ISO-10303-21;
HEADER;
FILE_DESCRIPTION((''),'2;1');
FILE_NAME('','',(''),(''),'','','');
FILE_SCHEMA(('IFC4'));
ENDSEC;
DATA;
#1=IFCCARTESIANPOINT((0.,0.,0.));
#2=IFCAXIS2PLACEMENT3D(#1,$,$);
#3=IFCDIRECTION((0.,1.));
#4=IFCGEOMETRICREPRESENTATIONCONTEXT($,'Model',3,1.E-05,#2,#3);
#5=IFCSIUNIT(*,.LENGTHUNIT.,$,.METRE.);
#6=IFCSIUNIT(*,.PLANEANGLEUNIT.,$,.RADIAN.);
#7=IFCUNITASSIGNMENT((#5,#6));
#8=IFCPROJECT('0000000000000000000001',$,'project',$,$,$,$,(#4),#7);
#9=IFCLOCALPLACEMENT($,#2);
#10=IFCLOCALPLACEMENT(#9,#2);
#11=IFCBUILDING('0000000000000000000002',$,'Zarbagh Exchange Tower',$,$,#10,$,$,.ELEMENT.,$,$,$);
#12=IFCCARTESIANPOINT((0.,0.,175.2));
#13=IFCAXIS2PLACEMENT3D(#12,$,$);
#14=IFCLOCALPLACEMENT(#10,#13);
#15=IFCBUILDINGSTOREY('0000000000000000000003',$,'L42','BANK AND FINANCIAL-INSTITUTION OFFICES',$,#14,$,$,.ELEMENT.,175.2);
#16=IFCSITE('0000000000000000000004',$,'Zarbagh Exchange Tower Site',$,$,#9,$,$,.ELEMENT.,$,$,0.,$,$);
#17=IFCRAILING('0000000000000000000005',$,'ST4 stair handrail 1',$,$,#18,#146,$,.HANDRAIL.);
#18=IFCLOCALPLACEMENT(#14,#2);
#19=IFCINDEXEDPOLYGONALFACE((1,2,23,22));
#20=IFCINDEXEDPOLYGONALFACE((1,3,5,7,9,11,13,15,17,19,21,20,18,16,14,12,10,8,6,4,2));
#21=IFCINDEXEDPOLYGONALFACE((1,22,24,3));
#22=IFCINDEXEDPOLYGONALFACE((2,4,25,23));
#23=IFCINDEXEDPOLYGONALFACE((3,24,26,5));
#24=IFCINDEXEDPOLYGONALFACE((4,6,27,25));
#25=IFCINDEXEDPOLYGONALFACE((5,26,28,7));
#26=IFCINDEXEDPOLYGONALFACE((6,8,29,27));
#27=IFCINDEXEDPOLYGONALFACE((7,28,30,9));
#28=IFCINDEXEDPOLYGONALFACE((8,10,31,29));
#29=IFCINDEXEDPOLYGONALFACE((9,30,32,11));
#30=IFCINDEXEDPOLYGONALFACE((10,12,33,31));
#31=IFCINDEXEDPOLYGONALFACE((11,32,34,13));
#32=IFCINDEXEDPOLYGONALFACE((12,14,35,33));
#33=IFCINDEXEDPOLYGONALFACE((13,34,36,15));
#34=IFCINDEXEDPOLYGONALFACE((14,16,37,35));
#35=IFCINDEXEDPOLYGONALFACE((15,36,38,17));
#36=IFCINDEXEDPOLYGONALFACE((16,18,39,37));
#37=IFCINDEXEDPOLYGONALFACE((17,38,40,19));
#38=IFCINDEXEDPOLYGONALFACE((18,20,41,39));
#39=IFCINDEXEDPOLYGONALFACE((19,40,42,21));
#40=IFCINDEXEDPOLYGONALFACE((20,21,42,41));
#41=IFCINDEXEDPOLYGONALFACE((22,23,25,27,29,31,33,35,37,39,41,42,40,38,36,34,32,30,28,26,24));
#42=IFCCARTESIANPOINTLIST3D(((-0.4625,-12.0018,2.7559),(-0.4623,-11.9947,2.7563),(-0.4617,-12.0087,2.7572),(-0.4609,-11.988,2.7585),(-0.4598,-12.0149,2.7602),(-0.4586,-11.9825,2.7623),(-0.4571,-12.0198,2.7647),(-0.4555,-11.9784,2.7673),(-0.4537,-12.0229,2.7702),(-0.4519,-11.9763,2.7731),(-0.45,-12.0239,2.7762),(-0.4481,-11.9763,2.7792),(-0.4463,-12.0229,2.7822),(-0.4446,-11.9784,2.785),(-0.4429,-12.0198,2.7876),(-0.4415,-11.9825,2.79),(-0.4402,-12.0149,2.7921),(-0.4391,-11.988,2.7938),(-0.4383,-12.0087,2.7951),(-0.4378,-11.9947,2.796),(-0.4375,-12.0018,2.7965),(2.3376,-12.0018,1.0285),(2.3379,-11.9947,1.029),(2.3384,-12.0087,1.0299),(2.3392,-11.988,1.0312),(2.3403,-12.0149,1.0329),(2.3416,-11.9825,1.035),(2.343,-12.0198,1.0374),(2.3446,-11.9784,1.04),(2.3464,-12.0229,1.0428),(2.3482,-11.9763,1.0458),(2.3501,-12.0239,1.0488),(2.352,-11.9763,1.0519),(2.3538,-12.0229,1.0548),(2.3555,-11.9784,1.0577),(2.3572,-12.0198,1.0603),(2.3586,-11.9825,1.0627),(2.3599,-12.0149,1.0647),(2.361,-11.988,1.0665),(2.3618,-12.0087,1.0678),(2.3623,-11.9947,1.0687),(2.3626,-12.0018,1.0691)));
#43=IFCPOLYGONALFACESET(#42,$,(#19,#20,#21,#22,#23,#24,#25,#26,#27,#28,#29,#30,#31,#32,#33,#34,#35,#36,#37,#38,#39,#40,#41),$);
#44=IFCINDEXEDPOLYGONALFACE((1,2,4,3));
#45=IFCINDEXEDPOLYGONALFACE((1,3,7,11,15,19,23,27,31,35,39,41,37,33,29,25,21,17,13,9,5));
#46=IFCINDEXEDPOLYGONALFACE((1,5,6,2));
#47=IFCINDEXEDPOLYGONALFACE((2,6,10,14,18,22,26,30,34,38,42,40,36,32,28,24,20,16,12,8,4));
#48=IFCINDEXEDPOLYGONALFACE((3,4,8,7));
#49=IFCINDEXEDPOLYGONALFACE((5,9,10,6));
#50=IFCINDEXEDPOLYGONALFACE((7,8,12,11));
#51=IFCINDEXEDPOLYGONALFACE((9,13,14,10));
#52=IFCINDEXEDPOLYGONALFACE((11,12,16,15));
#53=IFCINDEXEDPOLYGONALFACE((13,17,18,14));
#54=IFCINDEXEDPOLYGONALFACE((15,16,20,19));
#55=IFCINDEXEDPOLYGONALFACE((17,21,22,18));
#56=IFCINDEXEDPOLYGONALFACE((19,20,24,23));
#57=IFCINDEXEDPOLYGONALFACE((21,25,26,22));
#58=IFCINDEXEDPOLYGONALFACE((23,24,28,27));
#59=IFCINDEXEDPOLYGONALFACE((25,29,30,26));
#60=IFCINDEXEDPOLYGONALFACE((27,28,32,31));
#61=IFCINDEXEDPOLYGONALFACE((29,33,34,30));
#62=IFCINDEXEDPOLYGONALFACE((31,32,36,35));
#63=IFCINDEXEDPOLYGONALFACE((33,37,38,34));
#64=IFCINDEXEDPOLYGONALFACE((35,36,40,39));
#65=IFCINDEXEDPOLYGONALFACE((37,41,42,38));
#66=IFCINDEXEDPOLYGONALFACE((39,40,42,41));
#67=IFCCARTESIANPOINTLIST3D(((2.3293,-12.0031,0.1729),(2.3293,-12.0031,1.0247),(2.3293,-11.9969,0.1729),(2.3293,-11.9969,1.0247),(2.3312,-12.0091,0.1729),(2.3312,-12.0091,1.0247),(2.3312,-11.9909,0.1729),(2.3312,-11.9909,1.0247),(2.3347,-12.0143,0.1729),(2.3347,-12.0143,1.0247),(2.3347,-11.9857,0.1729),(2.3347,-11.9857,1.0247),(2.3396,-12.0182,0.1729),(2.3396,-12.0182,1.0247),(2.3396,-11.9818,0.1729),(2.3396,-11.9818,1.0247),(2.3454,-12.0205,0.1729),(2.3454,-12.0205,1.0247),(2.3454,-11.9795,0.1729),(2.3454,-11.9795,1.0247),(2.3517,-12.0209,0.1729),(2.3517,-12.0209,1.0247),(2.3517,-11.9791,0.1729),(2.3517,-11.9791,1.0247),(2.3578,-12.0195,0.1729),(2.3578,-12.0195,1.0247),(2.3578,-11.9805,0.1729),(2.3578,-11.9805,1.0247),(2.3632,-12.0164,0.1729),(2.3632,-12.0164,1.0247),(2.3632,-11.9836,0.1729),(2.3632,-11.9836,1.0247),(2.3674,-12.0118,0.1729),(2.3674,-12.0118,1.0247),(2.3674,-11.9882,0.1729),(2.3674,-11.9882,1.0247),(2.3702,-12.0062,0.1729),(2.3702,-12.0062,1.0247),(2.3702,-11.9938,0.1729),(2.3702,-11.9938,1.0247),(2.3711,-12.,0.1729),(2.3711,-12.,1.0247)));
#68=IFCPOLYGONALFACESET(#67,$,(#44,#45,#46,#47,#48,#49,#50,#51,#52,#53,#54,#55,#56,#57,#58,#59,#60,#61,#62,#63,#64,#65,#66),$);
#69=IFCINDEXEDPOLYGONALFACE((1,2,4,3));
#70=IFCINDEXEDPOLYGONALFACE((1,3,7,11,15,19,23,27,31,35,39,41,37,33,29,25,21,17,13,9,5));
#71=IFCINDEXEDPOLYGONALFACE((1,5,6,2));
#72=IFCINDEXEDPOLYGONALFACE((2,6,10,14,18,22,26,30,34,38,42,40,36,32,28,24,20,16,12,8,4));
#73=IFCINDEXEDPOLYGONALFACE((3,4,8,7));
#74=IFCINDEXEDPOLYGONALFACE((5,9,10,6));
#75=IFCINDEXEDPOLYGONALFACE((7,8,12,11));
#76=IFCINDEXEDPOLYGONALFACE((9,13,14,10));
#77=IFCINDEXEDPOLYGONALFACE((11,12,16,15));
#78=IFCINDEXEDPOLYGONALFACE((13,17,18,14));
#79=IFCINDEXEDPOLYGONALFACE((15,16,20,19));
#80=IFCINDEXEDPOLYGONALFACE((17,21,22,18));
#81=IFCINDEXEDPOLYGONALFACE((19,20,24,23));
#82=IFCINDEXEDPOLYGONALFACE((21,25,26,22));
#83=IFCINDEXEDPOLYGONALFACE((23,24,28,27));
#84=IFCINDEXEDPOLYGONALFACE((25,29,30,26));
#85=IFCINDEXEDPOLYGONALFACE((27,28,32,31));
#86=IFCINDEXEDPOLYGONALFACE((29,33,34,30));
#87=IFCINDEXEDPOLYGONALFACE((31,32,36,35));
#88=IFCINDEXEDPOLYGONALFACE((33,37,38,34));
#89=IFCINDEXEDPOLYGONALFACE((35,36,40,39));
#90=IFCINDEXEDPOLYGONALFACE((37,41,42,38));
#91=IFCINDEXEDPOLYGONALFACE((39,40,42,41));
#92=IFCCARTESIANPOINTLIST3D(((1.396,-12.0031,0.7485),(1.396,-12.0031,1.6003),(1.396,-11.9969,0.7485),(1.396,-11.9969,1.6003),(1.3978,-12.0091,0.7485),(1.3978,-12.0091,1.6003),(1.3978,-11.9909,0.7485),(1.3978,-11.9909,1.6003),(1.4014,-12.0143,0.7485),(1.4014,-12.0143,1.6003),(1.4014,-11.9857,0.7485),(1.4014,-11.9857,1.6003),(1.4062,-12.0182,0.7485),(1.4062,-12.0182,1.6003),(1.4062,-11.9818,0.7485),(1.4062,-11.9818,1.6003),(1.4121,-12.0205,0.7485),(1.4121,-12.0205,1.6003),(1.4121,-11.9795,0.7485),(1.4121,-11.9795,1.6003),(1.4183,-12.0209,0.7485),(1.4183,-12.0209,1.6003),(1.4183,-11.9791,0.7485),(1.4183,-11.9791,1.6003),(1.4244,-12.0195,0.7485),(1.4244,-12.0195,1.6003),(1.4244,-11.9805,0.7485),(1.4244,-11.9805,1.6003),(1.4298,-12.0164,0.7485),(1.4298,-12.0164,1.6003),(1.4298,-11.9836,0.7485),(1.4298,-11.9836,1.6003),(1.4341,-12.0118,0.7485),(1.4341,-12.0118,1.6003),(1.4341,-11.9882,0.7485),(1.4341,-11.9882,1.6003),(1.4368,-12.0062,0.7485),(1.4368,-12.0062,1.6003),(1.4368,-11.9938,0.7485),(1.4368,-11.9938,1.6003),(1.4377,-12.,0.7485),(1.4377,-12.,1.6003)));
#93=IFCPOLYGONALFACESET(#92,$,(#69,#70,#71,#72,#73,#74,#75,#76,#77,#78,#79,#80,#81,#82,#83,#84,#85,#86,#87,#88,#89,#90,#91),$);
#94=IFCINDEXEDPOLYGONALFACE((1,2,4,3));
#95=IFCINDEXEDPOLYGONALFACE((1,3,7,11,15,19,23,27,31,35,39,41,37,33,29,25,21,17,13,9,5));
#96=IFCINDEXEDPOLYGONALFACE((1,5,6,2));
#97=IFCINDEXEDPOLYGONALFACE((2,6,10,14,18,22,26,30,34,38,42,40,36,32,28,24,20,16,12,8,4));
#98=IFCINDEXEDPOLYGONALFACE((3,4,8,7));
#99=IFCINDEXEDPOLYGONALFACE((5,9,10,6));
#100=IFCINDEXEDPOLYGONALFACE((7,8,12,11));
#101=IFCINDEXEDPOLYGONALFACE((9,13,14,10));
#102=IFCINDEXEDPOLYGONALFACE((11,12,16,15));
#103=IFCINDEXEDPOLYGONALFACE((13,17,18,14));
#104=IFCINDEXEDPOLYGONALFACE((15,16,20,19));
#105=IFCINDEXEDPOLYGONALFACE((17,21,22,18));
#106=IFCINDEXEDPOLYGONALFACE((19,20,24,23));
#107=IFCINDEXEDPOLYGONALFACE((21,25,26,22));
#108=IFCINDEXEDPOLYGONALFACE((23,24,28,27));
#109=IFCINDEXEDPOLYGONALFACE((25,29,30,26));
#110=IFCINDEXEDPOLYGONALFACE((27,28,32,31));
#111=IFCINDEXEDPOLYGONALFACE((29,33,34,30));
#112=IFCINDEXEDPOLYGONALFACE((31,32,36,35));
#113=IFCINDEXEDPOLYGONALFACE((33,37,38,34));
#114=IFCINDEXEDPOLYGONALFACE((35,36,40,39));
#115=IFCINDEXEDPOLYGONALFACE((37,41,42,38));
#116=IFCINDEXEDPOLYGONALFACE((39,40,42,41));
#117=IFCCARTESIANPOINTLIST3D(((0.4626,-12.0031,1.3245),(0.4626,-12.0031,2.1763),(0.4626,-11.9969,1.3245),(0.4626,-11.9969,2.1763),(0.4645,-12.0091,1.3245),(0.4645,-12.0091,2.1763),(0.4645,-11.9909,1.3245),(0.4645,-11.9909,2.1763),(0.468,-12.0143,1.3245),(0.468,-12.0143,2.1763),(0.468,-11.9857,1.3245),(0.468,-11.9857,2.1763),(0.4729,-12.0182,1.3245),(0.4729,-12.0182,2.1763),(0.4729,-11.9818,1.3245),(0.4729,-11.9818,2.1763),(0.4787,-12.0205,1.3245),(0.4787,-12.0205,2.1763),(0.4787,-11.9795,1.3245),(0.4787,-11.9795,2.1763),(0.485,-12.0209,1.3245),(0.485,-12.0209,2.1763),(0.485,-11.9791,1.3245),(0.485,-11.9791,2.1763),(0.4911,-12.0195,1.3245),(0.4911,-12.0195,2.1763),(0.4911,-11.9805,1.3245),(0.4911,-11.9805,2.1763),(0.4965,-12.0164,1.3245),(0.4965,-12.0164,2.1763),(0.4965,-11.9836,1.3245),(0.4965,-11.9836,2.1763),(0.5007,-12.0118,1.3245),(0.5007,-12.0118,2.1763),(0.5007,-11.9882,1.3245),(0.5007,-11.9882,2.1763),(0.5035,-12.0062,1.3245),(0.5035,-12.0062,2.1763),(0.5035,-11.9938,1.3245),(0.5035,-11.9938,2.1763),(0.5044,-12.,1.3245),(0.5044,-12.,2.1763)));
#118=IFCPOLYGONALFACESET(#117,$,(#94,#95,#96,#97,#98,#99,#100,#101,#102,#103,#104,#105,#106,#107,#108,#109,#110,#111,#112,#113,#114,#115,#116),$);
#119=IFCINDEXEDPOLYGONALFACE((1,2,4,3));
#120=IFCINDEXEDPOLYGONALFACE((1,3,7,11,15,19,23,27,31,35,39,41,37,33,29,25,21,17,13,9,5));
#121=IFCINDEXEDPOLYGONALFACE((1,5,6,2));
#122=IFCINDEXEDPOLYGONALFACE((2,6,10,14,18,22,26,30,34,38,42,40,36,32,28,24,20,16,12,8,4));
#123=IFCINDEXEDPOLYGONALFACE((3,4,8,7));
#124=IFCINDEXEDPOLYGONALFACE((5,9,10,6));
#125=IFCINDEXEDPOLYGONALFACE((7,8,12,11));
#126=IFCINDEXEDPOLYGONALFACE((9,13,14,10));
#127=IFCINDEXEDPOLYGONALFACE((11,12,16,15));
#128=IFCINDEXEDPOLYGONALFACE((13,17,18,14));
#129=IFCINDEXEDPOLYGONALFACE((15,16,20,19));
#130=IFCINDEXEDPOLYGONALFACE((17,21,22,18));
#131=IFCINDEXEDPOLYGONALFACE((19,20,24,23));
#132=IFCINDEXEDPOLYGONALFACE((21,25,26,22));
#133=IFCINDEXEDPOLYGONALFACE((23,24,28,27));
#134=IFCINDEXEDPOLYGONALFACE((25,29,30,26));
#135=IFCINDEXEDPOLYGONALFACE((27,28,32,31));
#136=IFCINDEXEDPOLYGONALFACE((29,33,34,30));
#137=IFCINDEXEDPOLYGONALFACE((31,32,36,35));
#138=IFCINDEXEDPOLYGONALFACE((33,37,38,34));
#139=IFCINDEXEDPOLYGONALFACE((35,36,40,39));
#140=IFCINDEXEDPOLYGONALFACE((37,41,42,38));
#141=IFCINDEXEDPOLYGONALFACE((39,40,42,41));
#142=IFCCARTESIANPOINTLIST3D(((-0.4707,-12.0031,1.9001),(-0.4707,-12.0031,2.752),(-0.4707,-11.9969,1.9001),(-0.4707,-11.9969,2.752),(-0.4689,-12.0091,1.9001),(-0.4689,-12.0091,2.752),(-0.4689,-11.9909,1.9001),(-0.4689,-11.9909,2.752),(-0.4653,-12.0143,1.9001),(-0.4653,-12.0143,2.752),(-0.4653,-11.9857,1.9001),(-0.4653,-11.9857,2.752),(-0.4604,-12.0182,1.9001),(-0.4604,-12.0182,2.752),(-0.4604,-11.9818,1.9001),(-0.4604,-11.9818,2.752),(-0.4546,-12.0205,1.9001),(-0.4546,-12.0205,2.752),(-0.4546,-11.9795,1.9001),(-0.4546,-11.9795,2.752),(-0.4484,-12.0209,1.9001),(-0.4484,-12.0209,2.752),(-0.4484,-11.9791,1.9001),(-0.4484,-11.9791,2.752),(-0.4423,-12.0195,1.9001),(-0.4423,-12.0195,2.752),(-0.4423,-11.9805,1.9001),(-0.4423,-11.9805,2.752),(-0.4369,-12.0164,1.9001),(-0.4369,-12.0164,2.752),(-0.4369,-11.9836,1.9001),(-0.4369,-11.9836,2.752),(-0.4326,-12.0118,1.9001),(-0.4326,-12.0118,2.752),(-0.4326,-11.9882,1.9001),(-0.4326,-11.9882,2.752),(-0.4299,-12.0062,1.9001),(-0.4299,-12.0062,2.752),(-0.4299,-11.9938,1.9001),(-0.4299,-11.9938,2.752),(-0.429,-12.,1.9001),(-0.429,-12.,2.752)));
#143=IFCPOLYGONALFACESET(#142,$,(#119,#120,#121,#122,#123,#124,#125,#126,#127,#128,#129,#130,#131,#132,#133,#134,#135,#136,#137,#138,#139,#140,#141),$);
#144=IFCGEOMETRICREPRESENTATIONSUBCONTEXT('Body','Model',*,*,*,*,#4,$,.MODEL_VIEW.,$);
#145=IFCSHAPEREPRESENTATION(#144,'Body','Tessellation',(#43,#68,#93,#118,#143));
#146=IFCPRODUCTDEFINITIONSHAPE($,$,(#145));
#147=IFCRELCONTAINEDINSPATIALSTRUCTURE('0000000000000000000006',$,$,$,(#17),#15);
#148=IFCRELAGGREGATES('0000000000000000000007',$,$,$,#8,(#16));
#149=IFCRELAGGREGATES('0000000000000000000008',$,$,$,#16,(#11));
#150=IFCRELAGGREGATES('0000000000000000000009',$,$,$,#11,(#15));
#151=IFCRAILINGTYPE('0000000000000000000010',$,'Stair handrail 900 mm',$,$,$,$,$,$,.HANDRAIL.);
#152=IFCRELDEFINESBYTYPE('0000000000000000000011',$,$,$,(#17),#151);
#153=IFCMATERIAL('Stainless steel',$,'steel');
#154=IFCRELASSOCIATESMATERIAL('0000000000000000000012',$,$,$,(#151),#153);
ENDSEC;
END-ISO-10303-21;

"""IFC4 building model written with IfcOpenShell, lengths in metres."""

from ifc_helpers import new_model, si_unit, direction, frame, origin, origin_2d, place, context, subcontext, project, spatial, circle, extrude, material, type_object, element, save


model = new_model("IFC4")

# Units and contexts
model_context = context("Model", 3, precision=1e-05, world=origin(), true_north=direction((0.0, 1.0)))
body_context = subcontext(model_context, "Body", "Model", "MODEL_VIEW")
ifc_project = project(units=[si_unit("LENGTHUNIT", "METRE"), si_unit("PLANEANGLEUNIT", "RADIAN")], contexts=[model_context])

# Site, building, storey
site_placement = place(None, origin())
site = spatial("IfcSite", under=ifc_project, at=site_placement, Name="Zarbagh Exchange Tower Site", CompositionType="ELEMENT", RefElevation=0.0)
building_placement = place(site_placement, origin())
building = spatial("IfcBuilding", under=site, at=building_placement, Name="Zarbagh Exchange Tower", CompositionType="ELEMENT")
storey_placement = place(building_placement, frame((0.0, 0.0, 175.2)))
storey = spatial("IfcBuildingStorey", under=building, at=storey_placement, Name="L42", Description="BANK AND FINANCIAL-INSTITUTION OFFICES", CompositionType="ELEMENT", Elevation=175.2)

# Shared definitions
ifc_material_1 = material(Name="Stainless steel", Category="steel")

# Railing
railing_type_1 = type_object("IfcRailingType", Name="Stair handrail 900 mm", PredefinedType="HANDRAIL", material=ifc_material_1)
for number, where, name in (
    (1, (2.3501, -12.0, 0.1729), "ST4 stair handrail 1"),
):
    element("IfcRailing", number, at=place(storey_placement, frame(where)), inside=storey, type_object=railing_type_1, Name=name, PredefinedType="HANDRAIL", context=body_context, shape_type="SweptSolid", body=[
        extrude(circle(Radius=0.0239, at=origin_2d()), frame((0.0, 0.0, 0.876), z_axis=(-0.85109, 0.0, 0.52502), x_axis=(0.0, -1.0, 0.0)), (0.0, 0.0, 1.0), 3.29),
        extrude(circle(Radius=0.021, at=origin_2d()), origin(), (0.0, 0.0, 1.0), 0.8518),
        extrude(circle(Radius=0.021, at=origin_2d()), frame((-0.9333, 0.0, 0.5757)), (0.0, 0.0, 1.0), 0.8518),
        extrude(circle(Radius=0.021, at=origin_2d()), frame((-1.8667, 0.0, 1.1516)), (0.0, 0.0, 1.0), 0.8518),
        extrude(circle(Radius=0.021, at=origin_2d()), frame((-2.8, 0.0, 1.7273)), (0.0, 0.0, 1.0), 0.8518),
    ])

save(model, "model.ifc")
